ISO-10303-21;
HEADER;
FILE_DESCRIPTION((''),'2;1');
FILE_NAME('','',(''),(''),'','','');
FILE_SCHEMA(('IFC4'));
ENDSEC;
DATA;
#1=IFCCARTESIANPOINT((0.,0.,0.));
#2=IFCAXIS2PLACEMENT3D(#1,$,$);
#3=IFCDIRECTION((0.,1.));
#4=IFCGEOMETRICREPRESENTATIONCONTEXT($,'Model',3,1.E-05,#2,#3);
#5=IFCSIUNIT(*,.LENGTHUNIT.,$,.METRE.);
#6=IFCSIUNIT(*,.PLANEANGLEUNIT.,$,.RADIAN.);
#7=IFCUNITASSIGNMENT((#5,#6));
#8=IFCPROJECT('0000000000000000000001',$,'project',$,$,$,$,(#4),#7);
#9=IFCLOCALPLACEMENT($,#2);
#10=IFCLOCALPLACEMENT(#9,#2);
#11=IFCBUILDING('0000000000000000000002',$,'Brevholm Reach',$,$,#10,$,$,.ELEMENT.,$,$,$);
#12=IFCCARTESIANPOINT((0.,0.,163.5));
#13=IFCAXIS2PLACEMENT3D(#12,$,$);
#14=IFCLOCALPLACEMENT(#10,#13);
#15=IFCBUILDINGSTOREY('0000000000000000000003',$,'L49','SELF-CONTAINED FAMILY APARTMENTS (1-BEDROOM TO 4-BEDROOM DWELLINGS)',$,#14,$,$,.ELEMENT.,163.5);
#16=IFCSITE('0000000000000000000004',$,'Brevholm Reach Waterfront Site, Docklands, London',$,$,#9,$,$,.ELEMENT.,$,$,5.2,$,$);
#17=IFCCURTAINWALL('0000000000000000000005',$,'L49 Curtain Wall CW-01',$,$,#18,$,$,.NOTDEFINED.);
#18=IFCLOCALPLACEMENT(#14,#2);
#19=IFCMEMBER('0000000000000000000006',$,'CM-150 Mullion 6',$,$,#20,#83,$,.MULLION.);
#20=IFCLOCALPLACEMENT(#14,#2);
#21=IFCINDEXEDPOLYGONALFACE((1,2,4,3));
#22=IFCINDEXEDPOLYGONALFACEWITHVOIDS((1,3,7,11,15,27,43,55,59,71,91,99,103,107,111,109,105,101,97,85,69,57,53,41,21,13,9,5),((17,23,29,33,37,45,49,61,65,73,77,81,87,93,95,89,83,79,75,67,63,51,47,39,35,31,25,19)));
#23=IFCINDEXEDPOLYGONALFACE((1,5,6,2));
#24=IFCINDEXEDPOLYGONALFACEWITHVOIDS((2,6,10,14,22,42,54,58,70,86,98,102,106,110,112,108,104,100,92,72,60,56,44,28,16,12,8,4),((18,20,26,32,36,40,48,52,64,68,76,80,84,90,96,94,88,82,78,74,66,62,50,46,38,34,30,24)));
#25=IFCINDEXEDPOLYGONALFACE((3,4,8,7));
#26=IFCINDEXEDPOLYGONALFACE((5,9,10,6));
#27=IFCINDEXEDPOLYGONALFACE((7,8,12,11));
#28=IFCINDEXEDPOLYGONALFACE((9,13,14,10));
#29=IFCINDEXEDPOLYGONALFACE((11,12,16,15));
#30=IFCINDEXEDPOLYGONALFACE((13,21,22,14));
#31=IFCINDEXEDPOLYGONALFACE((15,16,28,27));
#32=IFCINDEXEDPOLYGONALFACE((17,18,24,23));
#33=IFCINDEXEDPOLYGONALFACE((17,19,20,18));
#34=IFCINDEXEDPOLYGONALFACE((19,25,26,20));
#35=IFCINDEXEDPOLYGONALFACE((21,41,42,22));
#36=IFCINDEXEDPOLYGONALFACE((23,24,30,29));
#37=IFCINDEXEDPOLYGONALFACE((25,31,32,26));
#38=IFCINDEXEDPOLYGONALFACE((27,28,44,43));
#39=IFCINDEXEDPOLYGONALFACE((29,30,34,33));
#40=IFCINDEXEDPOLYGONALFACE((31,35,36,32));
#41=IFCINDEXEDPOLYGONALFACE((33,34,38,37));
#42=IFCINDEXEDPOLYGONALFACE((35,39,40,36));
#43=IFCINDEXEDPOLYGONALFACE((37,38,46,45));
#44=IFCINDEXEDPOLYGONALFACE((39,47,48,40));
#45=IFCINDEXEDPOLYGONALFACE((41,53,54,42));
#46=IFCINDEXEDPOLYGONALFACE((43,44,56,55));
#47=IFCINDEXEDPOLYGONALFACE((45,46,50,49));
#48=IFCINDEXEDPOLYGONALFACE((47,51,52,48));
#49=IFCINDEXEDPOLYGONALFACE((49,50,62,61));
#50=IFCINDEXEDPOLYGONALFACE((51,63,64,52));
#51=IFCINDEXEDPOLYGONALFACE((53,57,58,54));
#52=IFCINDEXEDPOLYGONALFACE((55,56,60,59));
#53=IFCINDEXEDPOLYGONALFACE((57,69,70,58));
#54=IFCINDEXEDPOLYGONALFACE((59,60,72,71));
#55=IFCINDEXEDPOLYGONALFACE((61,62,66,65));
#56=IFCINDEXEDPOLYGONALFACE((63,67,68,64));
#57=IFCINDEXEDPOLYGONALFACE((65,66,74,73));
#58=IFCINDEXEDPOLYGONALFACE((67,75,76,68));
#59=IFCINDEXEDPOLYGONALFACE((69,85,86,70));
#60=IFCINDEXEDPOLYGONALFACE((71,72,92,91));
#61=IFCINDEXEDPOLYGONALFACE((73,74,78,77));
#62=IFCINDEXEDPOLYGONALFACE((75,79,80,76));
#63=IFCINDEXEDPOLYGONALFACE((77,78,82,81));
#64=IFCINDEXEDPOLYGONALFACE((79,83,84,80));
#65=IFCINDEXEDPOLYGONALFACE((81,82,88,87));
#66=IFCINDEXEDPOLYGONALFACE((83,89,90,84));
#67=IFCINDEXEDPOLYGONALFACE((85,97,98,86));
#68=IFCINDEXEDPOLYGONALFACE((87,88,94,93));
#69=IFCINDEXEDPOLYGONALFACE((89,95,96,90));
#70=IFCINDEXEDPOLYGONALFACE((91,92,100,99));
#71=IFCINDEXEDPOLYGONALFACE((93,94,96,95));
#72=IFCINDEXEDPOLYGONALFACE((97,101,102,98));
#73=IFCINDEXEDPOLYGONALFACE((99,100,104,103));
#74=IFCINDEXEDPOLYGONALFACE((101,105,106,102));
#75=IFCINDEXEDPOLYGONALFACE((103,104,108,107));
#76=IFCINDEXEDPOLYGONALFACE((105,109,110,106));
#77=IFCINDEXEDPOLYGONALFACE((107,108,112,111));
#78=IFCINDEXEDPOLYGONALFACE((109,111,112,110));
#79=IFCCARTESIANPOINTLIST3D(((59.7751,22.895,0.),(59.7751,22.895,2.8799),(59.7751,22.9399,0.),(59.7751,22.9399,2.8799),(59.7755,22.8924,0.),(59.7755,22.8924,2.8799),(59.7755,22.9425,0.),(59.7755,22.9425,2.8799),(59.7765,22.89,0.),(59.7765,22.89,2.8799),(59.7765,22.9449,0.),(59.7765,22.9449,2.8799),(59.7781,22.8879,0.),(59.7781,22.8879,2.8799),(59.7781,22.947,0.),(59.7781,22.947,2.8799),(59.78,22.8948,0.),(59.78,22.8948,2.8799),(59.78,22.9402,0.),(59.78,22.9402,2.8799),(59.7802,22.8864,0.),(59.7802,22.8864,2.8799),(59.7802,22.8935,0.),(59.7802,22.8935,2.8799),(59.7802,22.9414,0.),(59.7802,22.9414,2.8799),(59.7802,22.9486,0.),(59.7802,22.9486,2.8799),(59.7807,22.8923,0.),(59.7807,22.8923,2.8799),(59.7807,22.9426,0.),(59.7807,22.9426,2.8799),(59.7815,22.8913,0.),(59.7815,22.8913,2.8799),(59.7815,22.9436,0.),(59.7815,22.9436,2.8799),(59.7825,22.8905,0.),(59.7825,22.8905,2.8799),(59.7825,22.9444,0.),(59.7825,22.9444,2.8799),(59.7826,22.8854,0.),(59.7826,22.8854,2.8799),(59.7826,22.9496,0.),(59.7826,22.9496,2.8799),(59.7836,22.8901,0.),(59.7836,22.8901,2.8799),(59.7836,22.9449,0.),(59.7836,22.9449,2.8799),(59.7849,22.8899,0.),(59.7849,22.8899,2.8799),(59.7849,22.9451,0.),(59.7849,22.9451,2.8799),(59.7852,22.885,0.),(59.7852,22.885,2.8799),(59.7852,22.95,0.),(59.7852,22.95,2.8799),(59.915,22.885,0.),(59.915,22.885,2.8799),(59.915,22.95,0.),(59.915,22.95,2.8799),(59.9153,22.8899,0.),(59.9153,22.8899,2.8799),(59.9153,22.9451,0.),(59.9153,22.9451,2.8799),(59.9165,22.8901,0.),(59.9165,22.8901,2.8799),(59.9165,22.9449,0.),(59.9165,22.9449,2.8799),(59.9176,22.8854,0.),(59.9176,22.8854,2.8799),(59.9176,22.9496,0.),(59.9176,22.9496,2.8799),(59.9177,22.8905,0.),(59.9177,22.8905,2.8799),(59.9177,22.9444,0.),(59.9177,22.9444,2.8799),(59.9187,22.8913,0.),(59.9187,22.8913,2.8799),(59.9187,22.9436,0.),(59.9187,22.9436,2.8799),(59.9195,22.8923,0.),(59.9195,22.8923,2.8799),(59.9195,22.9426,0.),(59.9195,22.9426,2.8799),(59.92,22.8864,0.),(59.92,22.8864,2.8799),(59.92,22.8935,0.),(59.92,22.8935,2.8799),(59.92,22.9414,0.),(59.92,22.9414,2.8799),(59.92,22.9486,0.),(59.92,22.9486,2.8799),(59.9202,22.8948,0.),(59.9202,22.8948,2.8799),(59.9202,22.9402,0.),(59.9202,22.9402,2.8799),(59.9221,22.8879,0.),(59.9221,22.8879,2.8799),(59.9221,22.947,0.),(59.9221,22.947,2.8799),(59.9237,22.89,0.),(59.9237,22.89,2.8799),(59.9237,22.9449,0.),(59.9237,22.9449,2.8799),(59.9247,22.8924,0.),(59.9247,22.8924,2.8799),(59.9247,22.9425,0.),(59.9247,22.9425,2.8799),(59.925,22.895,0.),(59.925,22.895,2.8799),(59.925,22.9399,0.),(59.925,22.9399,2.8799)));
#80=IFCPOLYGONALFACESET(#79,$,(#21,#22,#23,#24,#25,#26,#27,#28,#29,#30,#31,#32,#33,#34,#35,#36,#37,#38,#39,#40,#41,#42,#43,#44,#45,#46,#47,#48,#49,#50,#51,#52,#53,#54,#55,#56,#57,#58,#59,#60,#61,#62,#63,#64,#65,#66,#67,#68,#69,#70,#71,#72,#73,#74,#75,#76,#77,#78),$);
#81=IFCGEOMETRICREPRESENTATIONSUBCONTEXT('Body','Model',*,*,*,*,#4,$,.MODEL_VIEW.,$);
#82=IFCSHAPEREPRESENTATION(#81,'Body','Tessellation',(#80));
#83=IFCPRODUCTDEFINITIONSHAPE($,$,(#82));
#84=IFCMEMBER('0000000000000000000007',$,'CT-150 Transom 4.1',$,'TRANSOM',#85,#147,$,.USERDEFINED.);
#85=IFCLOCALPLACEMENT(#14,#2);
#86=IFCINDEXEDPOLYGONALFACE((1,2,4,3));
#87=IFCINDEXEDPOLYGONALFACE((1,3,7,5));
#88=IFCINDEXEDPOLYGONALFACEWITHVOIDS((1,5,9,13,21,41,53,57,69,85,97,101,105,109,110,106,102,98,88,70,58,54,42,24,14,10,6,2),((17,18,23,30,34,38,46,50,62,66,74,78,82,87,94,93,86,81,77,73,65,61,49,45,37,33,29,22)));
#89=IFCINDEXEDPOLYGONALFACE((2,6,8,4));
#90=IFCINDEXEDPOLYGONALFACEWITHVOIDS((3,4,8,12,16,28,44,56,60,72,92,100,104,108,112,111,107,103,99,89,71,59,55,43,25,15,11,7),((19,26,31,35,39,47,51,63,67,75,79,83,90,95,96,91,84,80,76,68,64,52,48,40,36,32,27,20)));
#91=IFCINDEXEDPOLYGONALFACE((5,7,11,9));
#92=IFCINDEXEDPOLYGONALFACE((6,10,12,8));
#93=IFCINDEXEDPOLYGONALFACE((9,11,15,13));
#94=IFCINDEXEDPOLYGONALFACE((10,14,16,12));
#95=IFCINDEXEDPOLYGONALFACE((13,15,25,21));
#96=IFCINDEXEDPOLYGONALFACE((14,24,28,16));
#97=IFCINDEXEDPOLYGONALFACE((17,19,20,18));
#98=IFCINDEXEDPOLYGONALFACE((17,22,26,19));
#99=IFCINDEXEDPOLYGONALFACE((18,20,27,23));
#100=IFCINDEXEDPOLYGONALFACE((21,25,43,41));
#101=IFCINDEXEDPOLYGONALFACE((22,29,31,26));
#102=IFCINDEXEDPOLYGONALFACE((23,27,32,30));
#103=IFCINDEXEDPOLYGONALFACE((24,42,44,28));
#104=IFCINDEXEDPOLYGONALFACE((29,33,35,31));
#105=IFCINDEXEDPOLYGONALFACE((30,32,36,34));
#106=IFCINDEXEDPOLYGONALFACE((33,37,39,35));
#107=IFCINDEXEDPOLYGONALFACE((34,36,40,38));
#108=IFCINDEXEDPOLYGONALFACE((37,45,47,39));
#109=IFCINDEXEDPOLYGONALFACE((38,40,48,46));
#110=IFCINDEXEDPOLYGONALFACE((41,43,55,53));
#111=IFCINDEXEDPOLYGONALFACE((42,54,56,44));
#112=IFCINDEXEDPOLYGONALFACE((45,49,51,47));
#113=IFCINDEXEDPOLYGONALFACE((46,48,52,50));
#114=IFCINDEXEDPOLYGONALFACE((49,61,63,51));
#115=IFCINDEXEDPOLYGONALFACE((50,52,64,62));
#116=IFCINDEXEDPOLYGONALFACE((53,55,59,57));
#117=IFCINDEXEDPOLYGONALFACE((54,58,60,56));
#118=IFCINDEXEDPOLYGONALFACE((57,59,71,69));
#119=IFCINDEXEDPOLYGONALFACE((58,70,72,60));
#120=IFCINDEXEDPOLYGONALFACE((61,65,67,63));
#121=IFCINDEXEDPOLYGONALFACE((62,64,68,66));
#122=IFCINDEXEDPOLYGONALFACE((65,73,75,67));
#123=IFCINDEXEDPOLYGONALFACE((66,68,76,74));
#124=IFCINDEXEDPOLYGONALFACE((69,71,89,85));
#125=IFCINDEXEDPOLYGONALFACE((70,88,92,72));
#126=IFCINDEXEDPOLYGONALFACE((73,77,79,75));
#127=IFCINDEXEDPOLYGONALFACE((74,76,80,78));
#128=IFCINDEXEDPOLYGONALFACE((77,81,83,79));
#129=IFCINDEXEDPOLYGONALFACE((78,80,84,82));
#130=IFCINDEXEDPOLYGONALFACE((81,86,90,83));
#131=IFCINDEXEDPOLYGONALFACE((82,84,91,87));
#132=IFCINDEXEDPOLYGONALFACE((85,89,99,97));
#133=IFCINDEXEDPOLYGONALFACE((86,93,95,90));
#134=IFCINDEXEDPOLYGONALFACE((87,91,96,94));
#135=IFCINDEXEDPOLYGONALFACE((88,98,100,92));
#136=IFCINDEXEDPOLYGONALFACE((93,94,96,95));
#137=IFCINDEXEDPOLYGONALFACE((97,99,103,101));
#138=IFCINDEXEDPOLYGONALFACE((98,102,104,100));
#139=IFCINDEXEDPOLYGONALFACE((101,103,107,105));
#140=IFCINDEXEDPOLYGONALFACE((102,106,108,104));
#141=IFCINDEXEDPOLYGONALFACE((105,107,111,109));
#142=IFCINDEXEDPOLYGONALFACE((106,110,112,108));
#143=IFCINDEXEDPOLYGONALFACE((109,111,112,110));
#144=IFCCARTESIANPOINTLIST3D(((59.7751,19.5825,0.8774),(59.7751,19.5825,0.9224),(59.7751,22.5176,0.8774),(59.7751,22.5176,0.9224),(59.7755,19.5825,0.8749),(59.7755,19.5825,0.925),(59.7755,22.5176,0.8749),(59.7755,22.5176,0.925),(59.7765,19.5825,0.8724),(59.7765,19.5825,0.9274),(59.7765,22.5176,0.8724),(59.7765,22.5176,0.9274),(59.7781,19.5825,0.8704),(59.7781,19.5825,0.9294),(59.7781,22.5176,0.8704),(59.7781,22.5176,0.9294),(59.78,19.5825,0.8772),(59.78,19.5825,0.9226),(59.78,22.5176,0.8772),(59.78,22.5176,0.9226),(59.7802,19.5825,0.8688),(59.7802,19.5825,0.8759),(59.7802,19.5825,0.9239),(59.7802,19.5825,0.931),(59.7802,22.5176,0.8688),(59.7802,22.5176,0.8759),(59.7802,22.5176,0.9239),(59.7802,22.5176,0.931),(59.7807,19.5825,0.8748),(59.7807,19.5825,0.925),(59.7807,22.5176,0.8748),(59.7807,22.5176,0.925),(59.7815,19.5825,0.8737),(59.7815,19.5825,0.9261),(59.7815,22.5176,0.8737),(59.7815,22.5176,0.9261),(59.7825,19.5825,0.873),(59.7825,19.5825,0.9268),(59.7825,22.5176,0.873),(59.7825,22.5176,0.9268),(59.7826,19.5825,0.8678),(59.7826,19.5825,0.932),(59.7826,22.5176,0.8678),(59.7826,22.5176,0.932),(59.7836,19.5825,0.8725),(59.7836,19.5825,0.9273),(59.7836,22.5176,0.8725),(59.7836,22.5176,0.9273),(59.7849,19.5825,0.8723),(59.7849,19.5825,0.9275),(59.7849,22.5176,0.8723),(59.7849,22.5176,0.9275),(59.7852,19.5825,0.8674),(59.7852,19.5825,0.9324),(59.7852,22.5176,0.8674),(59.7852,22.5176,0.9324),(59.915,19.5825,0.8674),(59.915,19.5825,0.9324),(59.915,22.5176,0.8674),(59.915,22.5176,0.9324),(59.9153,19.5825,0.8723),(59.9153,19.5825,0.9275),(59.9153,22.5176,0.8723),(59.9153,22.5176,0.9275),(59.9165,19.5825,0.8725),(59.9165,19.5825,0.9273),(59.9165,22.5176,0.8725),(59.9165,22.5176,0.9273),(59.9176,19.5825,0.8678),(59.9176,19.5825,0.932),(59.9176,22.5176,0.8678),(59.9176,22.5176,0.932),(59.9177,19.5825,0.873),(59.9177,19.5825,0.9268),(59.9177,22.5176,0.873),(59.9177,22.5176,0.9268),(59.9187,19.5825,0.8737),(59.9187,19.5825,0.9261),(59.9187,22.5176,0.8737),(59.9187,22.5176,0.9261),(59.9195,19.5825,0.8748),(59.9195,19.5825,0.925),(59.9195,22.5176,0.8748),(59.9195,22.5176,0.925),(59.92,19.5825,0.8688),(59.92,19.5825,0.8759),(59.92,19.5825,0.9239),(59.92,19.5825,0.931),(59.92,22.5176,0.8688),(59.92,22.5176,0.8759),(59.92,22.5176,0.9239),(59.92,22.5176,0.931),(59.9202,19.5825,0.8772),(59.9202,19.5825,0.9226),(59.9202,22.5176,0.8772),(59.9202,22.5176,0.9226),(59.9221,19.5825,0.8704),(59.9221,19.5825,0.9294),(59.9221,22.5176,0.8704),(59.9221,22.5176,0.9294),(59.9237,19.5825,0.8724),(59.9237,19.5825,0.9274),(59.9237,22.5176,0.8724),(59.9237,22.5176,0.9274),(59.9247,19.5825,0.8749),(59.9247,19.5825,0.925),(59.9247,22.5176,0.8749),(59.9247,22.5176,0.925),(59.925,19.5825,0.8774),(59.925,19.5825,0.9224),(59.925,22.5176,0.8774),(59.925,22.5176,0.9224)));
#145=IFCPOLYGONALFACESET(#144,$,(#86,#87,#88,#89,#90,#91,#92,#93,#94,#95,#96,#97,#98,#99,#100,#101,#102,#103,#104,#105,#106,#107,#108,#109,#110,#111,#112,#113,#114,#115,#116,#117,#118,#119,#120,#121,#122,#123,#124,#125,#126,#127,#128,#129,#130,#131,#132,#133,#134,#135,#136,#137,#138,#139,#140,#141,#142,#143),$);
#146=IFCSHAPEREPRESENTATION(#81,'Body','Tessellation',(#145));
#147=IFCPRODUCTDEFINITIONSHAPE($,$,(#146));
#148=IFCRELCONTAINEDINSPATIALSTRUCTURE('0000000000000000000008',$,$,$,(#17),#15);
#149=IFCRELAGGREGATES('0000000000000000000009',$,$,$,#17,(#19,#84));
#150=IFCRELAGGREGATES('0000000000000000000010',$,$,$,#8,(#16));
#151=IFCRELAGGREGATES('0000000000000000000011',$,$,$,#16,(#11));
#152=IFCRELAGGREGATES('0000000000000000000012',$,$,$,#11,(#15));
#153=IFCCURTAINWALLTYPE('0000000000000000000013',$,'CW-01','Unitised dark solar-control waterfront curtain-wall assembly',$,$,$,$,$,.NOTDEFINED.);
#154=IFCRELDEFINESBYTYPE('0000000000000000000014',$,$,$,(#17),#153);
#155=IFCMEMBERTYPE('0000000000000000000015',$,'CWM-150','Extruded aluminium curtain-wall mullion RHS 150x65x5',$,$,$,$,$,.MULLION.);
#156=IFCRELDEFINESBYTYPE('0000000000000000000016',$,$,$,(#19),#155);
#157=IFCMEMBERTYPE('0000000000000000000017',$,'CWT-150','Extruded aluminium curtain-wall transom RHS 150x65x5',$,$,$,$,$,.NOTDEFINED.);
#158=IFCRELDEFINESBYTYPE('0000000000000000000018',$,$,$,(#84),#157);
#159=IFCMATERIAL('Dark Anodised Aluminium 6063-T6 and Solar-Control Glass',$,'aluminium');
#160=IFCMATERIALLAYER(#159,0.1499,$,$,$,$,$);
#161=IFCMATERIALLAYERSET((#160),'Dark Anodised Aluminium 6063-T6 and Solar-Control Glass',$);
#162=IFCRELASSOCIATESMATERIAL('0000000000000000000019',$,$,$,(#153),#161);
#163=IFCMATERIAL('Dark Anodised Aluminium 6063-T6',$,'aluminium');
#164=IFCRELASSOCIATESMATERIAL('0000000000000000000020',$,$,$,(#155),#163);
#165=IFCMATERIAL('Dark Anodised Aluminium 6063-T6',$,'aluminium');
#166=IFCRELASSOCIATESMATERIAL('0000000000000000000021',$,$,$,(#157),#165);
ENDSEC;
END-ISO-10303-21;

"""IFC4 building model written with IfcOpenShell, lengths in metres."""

from ifc_helpers import new_model, si_unit, direction, frame, origin, origin_2d, place, context, subcontext, project, spatial, hollow_rectangle, extrude, material, layer, layer_set, material_profile, profile_set, type_object, element, aggregate, save


model = new_model("IFC4")

# Units and contexts
model_context = context("Model", 3, precision=1e-05, world=origin(), true_north=direction((0.0, 1.0)))
body_context = subcontext(model_context, "Body", "Model", "MODEL_VIEW")
ifc_project = project(units=[si_unit("LENGTHUNIT", "METRE"), si_unit("PLANEANGLEUNIT", "RADIAN")], contexts=[model_context])

# Site, building, storey
site_placement = place(None, origin())
site = spatial("IfcSite", under=ifc_project, at=site_placement, Name="Brevholm Reach Waterfront Site, Docklands, London", CompositionType="ELEMENT", RefElevation=5.2)
building_placement = place(site_placement, origin())
building = spatial("IfcBuilding", under=site, at=building_placement, Name="Brevholm Reach", CompositionType="ELEMENT")
storey_placement = place(building_placement, frame((0.0, 0.0, 163.5)))
storey = spatial("IfcBuildingStorey", under=building, at=storey_placement, Name="L49", Description="SELF-CONTAINED FAMILY APARTMENTS (1-BEDROOM TO 4-BEDROOM DWELLINGS)", CompositionType="ELEMENT", Elevation=163.5)

# Curtain wall, members
ifc_material_1 = material(Name="Dark Anodised Aluminium 6063-T6 and Solar-Control Glass", Category="aluminium")
ifc_layer_1 = layer(ifc_material_1, 0.1499)
ifc_layer_set_1 = layer_set([ifc_layer_1], Name="Dark Anodised Aluminium 6063-T6 and Solar-Control Glass")
curtain_wall_type = type_object("IfcCurtainWallType", Name="CW-01", Description="Unitised dark solar-control waterfront curtain-wall assembly", PredefinedType="NOTDEFINED", material=ifc_layer_set_1)
curtain_wall_placement = place(storey_placement, origin())
curtain_wall = element("IfcCurtainWall", 1, at=curtain_wall_placement, inside=storey, type_object=curtain_wall_type, Name="L49 Curtain Wall CW-01", PredefinedType="NOTDEFINED")
ifc_material_2 = material(Name="Dark Anodised Aluminium 6063-T6", Category="aluminium")
ifc_material_profile_1 = material_profile(ifc_material_2, hollow_rectangle(XDim=0.0649, YDim=0.1499, WallThickness=0.0049, InnerFilletRadius=0.0049, OuterFilletRadius=0.01, at=origin_2d()), Name="RHS 150x65x5")
ifc_profile_set_1 = profile_set([ifc_material_profile_1], Name="Dark Anodised Aluminium 6063-T6")
member_type_1 = type_object("IfcMemberType", Name="CWM-150", Description="Extruded aluminium curtain-wall mullion RHS 150x65x5", PredefinedType="MULLION", material=ifc_profile_set_1)
member_1_placement = place(storey_placement, frame((59.8501, 22.9175, 0.0), z_axis=(0.0, 0.0, 1.0), x_axis=(0.0, 1.0, 0.0)))
member_1 = element("IfcMember", 2, at=member_1_placement, type_object=member_type_1, Name="CM-150 Mullion 6", PredefinedType="MULLION", context=body_context, shape_type="SweptSolid", body=[
    extrude(hollow_rectangle(XDim=0.0649, YDim=0.1499, WallThickness=0.0049, InnerFilletRadius=0.0049, OuterFilletRadius=0.01, at=origin_2d()), origin(), (0.0, 0.0, 1.0), 2.8799),
])
ifc_material_3 = material(Name="Dark Anodised Aluminium 6063-T6", Category="aluminium")
ifc_material_profile_2 = material_profile(ifc_material_3, hollow_rectangle(XDim=0.0649, YDim=0.1499, WallThickness=0.0049, InnerFilletRadius=0.0049, OuterFilletRadius=0.01, at=origin_2d()), Name="RHS 150x65x5")
ifc_profile_set_2 = profile_set([ifc_material_profile_2], Name="Dark Anodised Aluminium 6063-T6")
member_type_2 = type_object("IfcMemberType", Name="CWT-150", Description="Extruded aluminium curtain-wall transom RHS 150x65x5", PredefinedType="NOTDEFINED", material=ifc_profile_set_2)
member_2_placement = place(storey_placement, frame((59.8501, 19.5825, 0.8999), z_axis=(0.0, 1.0, 0.0), x_axis=(0.0, 0.0, 1.0)))
member_2 = element("IfcMember", 3, at=member_2_placement, type_object=member_type_2, Name="CT-150 Transom 4.1", ObjectType="TRANSOM", PredefinedType="USERDEFINED", context=body_context, shape_type="SweptSolid", body=[
    extrude(hollow_rectangle(XDim=0.0649, YDim=0.1499, WallThickness=0.0049, InnerFilletRadius=0.0049, OuterFilletRadius=0.01, at=origin_2d()), origin(), (0.0, 0.0, 1.0), 2.9351),
])
aggregate(curtain_wall, [member_1, member_2])

save(model, "model.ifc")
